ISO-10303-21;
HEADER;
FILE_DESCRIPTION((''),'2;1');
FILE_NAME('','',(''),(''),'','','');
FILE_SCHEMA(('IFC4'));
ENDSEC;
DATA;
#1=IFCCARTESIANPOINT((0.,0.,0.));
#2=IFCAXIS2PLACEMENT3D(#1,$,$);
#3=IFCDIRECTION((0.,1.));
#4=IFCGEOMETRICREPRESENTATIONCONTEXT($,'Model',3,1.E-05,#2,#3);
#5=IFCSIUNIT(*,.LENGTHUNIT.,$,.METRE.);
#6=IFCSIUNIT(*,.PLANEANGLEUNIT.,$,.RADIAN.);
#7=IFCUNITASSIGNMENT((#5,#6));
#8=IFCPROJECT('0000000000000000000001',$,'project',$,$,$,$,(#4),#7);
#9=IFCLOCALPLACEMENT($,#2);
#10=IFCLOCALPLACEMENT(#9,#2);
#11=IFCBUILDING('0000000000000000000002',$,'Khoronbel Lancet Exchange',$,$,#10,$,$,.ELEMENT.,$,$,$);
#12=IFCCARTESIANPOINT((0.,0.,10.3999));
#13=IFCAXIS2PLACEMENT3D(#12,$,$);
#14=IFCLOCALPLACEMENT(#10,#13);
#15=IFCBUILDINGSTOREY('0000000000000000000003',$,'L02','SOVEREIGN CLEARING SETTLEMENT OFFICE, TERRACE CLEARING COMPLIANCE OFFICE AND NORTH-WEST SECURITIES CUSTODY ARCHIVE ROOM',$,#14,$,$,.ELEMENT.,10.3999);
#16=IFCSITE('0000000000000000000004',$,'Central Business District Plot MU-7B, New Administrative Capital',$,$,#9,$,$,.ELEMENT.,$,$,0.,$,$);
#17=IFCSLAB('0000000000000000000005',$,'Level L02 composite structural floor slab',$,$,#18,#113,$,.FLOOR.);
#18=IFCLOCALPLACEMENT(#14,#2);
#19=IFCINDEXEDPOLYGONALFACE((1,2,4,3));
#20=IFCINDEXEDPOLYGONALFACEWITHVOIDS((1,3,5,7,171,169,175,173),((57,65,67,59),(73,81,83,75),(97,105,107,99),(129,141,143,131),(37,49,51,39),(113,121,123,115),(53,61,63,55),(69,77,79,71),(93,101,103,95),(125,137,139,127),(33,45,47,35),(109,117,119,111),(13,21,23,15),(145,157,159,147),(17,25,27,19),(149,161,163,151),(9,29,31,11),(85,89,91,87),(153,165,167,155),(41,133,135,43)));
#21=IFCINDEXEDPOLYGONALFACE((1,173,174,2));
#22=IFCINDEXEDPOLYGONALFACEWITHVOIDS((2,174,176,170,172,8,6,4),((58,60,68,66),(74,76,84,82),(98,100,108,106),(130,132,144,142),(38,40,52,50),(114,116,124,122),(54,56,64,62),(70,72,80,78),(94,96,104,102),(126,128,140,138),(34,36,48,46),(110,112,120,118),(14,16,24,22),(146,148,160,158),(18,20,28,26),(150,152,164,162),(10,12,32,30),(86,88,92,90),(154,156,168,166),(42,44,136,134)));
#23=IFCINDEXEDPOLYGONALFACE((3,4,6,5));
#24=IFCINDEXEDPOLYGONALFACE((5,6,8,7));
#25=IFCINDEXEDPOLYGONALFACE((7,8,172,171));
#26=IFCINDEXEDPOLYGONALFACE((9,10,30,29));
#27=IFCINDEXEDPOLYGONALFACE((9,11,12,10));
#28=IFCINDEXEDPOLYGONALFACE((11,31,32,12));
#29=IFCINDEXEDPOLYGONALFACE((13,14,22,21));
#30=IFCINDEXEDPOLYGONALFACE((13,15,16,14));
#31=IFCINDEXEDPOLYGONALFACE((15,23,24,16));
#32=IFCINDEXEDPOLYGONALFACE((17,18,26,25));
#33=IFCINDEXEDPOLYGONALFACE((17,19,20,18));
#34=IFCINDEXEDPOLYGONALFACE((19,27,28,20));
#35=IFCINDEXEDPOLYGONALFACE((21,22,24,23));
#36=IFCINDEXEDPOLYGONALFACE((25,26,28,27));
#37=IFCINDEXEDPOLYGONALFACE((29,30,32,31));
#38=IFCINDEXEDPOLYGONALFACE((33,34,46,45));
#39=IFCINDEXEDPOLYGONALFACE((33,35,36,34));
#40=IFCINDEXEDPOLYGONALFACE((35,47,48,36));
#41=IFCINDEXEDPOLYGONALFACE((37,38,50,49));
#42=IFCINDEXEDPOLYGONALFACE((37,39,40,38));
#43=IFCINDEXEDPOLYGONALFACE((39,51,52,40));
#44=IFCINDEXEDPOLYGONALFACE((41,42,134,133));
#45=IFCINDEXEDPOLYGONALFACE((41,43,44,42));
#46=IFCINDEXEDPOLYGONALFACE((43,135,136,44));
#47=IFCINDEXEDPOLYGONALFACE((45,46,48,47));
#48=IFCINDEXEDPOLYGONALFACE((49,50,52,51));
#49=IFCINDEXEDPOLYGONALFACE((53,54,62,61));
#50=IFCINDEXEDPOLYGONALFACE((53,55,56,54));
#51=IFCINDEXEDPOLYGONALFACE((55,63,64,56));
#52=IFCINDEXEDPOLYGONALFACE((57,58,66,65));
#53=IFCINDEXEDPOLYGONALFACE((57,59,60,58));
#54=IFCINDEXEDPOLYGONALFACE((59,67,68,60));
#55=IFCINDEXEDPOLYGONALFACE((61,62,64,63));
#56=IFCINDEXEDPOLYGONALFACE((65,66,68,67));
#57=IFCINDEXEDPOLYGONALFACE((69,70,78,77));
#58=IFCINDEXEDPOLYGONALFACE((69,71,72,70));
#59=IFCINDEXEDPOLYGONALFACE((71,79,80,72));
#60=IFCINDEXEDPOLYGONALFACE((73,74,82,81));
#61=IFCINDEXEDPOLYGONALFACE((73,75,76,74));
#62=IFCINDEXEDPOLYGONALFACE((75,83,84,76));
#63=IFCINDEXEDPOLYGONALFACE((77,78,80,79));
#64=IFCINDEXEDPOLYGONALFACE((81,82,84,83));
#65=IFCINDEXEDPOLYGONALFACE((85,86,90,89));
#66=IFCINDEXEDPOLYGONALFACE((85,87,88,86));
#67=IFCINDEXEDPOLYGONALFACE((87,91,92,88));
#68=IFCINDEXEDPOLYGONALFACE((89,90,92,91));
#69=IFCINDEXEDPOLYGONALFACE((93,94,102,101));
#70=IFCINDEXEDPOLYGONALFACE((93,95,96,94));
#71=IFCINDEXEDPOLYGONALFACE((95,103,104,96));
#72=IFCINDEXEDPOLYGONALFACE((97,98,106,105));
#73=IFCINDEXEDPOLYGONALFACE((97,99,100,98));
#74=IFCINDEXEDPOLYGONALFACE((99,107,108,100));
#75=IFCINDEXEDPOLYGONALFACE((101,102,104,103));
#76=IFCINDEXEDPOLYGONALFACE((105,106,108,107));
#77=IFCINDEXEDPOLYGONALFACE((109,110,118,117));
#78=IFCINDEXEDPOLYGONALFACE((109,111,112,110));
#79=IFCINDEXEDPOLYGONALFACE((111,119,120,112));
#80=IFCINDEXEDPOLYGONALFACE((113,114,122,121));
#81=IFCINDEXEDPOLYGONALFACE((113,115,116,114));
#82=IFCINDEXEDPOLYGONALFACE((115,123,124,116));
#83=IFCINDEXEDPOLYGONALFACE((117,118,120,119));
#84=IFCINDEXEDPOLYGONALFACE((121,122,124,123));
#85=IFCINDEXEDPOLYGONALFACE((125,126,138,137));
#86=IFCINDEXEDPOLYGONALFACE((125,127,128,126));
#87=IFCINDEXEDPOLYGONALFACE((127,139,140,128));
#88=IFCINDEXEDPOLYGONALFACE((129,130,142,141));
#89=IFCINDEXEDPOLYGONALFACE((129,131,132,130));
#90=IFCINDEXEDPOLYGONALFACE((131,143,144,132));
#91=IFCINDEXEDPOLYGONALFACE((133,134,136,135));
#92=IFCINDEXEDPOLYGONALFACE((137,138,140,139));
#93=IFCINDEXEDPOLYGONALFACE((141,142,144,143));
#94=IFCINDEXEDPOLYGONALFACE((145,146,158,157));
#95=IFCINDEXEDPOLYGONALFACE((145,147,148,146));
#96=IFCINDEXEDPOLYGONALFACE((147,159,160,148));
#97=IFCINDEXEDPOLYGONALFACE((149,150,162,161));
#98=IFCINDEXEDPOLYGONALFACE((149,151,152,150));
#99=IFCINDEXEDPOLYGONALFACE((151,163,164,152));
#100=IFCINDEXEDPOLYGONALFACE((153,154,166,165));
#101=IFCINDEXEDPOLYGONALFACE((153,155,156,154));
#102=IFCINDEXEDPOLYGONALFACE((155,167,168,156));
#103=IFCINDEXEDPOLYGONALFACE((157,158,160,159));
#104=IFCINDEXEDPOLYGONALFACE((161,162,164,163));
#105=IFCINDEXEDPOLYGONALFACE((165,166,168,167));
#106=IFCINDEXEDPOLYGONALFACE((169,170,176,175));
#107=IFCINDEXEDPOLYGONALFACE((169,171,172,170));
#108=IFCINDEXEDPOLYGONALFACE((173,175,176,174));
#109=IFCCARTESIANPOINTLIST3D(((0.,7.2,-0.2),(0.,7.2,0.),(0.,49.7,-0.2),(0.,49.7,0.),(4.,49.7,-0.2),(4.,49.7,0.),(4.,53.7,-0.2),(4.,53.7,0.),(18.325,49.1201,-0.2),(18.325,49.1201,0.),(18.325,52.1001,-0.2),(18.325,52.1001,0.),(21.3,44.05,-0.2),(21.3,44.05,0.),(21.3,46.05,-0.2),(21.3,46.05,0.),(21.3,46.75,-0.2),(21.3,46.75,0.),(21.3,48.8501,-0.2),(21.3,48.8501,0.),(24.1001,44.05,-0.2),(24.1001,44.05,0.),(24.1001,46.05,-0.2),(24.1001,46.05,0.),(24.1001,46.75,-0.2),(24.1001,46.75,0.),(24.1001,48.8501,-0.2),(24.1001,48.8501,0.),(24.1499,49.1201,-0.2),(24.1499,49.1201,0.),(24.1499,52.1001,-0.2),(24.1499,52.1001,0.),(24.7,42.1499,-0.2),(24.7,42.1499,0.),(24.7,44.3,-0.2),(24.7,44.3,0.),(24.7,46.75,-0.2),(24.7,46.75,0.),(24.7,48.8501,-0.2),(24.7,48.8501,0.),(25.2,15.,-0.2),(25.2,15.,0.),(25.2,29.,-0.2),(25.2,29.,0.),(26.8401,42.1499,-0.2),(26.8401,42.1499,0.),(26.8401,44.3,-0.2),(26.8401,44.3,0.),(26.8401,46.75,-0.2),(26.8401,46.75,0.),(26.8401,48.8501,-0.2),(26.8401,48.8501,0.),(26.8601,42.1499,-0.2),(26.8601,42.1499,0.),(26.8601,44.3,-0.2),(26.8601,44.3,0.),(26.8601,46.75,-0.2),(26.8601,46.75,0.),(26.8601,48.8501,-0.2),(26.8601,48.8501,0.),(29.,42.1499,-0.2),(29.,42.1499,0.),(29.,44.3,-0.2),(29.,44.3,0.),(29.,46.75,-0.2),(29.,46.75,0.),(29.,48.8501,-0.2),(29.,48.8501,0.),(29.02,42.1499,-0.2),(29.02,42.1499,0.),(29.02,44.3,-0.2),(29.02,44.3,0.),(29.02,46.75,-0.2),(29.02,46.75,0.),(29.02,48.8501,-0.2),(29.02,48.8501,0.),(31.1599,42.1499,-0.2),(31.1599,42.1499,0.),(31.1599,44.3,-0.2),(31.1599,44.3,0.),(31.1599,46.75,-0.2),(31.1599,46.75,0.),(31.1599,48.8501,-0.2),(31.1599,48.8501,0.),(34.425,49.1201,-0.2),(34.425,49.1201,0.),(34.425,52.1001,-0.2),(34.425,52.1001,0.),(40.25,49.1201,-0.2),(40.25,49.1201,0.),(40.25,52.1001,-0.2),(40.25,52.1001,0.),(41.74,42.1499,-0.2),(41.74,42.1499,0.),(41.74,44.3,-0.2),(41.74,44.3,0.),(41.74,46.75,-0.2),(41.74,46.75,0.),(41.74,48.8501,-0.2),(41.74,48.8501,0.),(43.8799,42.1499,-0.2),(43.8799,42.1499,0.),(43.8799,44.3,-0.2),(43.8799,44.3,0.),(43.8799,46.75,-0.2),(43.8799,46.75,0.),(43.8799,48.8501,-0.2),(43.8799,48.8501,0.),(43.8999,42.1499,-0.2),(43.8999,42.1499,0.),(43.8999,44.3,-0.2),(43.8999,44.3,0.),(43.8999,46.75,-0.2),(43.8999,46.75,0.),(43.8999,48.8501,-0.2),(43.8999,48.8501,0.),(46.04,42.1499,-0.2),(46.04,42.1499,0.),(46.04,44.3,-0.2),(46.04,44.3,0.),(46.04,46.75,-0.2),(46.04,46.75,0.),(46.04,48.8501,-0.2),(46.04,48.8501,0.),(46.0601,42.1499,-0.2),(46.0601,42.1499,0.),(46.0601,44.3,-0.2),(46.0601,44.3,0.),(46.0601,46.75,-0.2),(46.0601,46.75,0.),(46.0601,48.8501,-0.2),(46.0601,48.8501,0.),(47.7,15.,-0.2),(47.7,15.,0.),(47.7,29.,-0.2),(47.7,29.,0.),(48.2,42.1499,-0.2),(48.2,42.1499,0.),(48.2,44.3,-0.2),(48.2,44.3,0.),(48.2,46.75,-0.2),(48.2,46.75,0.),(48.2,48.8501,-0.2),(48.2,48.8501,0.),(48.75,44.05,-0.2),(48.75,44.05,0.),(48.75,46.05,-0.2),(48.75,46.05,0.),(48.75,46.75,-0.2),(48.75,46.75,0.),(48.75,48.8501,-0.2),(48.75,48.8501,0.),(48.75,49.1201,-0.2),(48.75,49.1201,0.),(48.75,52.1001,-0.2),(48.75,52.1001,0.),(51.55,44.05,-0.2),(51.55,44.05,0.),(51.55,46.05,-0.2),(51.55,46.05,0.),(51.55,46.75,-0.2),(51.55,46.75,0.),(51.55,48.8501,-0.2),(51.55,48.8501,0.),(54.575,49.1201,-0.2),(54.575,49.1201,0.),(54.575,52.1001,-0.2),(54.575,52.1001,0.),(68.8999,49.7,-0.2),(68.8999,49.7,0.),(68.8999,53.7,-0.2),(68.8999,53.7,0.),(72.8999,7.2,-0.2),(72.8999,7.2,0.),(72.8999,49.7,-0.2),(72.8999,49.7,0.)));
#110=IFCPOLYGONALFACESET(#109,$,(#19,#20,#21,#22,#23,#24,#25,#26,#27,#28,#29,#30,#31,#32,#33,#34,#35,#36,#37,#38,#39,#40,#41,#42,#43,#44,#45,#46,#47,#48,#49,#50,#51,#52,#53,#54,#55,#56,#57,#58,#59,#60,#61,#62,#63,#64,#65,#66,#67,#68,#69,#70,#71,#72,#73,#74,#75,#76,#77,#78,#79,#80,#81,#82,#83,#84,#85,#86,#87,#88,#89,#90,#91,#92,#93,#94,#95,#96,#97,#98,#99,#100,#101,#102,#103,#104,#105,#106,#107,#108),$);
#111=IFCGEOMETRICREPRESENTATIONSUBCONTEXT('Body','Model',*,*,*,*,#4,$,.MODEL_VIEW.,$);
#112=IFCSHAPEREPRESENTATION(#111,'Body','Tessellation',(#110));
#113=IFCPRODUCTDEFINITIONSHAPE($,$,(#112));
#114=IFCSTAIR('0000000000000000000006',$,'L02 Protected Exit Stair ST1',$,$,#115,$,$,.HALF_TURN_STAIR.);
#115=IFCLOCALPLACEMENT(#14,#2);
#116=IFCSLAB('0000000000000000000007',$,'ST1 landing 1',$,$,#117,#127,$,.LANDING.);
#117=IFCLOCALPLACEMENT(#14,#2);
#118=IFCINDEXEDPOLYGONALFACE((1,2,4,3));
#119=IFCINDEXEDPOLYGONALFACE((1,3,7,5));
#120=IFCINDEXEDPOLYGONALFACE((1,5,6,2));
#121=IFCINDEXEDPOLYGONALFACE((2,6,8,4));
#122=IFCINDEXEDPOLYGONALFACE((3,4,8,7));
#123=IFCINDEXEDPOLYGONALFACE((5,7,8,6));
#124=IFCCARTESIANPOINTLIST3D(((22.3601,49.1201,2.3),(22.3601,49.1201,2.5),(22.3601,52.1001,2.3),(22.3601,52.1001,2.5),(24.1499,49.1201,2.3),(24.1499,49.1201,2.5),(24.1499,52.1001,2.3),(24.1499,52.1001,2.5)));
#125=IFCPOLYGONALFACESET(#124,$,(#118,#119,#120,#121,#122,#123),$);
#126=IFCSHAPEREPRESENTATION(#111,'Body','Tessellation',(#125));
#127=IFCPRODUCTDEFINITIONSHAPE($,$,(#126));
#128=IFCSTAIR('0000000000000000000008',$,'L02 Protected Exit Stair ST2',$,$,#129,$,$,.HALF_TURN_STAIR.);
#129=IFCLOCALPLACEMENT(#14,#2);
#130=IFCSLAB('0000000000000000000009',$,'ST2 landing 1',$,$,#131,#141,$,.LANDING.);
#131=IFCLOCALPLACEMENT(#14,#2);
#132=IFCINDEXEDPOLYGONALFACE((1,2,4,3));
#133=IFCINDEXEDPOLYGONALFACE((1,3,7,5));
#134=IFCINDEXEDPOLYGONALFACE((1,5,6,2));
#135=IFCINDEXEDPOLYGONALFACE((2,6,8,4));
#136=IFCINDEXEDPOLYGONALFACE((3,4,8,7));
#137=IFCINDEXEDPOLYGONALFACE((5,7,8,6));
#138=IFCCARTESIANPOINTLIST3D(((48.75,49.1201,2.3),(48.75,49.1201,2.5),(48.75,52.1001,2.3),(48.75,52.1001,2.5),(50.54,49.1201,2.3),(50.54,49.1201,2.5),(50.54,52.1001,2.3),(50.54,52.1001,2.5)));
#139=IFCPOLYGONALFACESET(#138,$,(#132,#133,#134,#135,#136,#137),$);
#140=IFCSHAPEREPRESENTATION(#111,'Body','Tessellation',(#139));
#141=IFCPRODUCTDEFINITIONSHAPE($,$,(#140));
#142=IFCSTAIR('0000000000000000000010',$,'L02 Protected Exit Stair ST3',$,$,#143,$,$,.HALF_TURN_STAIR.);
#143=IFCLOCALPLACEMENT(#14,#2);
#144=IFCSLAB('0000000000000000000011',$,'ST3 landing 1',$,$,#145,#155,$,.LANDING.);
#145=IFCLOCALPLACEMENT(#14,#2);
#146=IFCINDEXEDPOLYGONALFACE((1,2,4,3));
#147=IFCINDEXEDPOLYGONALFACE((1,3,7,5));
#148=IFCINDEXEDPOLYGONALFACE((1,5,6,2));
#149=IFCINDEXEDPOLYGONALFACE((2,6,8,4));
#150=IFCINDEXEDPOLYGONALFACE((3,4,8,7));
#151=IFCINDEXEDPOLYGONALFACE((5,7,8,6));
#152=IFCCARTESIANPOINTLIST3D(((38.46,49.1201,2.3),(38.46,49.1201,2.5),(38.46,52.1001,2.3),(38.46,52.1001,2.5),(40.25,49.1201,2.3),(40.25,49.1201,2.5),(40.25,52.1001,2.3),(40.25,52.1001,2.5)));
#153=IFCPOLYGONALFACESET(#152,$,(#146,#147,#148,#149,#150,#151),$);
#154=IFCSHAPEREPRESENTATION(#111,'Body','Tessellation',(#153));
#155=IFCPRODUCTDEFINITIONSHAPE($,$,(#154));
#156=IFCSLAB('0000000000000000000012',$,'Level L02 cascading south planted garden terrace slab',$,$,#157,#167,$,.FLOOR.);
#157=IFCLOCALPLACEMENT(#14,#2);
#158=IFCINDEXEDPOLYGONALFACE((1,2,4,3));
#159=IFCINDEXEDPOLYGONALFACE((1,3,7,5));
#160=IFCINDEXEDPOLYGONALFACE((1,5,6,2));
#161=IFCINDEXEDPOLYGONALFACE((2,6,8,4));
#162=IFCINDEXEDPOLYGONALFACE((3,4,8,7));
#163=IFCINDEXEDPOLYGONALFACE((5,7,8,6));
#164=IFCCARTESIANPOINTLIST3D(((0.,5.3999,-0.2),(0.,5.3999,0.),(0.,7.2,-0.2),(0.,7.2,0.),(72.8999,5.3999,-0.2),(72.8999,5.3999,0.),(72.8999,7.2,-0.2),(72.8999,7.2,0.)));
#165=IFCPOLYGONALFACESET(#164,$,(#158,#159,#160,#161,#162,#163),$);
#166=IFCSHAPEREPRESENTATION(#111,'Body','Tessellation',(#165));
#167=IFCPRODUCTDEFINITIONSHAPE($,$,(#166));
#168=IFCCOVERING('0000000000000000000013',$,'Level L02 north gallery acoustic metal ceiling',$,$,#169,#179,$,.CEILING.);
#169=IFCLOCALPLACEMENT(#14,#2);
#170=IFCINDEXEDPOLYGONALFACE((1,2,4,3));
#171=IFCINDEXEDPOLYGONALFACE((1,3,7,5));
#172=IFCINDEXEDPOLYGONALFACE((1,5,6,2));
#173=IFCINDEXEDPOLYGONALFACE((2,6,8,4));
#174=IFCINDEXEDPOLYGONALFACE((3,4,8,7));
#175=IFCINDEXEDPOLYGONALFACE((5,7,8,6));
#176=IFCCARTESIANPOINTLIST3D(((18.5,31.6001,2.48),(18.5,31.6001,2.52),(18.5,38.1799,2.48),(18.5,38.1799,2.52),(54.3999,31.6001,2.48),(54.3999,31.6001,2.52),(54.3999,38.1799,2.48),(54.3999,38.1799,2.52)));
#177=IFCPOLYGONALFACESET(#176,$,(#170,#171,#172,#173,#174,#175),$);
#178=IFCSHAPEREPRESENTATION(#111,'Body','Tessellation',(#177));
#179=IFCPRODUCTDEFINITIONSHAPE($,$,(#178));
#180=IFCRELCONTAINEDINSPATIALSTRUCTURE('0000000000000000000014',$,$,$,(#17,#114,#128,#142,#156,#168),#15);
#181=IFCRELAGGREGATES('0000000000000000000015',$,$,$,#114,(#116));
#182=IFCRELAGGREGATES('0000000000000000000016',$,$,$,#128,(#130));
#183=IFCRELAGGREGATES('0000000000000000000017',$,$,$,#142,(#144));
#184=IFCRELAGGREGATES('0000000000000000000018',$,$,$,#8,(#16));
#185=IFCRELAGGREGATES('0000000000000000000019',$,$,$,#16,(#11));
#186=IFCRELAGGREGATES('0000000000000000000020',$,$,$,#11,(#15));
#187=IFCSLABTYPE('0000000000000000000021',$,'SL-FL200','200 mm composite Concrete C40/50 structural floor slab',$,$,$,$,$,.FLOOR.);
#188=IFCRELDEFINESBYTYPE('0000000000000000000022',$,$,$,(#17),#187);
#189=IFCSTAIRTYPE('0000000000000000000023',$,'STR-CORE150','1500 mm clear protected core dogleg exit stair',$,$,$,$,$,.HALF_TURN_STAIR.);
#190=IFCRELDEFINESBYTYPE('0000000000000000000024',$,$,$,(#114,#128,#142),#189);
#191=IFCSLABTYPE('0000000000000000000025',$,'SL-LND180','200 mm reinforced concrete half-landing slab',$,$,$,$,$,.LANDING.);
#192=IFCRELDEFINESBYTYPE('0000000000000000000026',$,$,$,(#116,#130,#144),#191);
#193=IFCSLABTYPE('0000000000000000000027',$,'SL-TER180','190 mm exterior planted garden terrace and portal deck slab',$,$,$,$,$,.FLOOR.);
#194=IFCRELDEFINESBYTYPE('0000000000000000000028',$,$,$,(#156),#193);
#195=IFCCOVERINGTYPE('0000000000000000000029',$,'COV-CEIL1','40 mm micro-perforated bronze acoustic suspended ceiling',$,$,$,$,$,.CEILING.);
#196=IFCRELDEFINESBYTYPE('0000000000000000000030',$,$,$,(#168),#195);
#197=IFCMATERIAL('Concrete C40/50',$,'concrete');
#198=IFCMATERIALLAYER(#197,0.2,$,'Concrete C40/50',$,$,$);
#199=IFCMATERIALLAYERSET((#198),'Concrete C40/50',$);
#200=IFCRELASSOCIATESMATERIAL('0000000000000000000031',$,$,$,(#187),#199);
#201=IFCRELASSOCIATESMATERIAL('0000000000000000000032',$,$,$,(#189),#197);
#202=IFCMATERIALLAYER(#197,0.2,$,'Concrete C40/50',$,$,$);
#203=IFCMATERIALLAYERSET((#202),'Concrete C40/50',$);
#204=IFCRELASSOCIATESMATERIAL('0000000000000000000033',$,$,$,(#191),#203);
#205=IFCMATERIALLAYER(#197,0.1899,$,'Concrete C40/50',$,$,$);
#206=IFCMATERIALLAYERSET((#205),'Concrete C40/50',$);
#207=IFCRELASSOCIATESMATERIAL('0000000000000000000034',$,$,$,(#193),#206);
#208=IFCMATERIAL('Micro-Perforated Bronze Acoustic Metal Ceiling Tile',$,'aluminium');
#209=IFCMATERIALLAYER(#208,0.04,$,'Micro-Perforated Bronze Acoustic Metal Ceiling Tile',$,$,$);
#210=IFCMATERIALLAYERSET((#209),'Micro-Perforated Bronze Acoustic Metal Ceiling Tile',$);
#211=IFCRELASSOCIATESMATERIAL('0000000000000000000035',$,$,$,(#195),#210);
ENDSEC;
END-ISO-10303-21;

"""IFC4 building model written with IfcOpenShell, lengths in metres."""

from ifc_helpers import new_model, si_unit, direction, frame, origin, place, context, subcontext, project, spatial, polyline, outline, extrude, material, layer, layer_set, type_object, element, aggregate, save


model = new_model("IFC4")

# Units and contexts
model_context = context("Model", 3, precision=1e-05, world=origin(), true_north=direction((0.0, 1.0)))
body_context = subcontext(model_context, "Body", "Model", "MODEL_VIEW")
ifc_project = project(units=[si_unit("LENGTHUNIT", "METRE"), si_unit("PLANEANGLEUNIT", "RADIAN")], contexts=[model_context])

# Site, building, storey
site_placement = place(None, origin())
site = spatial("IfcSite", under=ifc_project, at=site_placement, Name="Central Business District Plot MU-7B, New Administrative Capital", CompositionType="ELEMENT", RefElevation=0.0)
building_placement = place(site_placement, origin())
building = spatial("IfcBuilding", under=site, at=building_placement, Name="Khoronbel Lancet Exchange", CompositionType="ELEMENT")
storey_placement = place(building_placement, frame((0.0, 0.0, 10.3999)))
storey = spatial("IfcBuildingStorey", under=building, at=storey_placement, Name="L02", Description="SOVEREIGN CLEARING SETTLEMENT OFFICE, TERRACE CLEARING COMPLIANCE OFFICE AND NORTH-WEST SECURITIES CUSTODY ARCHIVE ROOM", CompositionType="ELEMENT", Elevation=10.3999)

# Slab
ifc_material_1 = material(Name="Concrete C40/50", Category="concrete")
ifc_layer_1 = layer(ifc_material_1, 0.2, Name="Concrete C40/50")
ifc_layer_set_1 = layer_set([ifc_layer_1], Name="Concrete C40/50")
slab_type_1 = type_object("IfcSlabType", Name="SL-FL200", Description="200 mm composite Concrete C40/50 structural floor slab", PredefinedType="FLOOR", material=ifc_layer_set_1)
slab_1_placement = place(storey_placement, frame((0.0, 0.0, -0.2)))
element("IfcSlab", 1, at=slab_1_placement, inside=storey, type_object=slab_type_1, Name="Level L02 composite structural floor slab", PredefinedType="FLOOR", context=body_context, shape_type="SweptSolid", body=[
    extrude(outline(polyline([(0.0, 7.2), (72.8999, 7.2), (72.8999, 49.7), (68.8999, 49.7), (68.8999, 53.7), (4.0, 53.7), (4.0, 49.7), (0.0, 49.7), (0.0, 7.2)]), holes=[polyline([(18.325, 49.1201), (24.1499, 49.1201), (24.1499, 52.1001), (18.325, 52.1001), (18.325, 49.1201)]), polyline([(48.75, 49.1201), (54.575, 49.1201), (54.575, 52.1001), (48.75, 52.1001), (48.75, 49.1201)]), polyline([(34.425, 49.1201), (40.25, 49.1201), (40.25, 52.1001), (34.425, 52.1001), (34.425, 49.1201)]), polyline([(24.7, 46.75), (26.8401, 46.75), (26.8401, 48.8501), (24.7, 48.8501), (24.7, 46.75)]), polyline([(26.8601, 46.75), (29.0, 46.75), (29.0, 48.8501), (26.8601, 48.8501), (26.8601, 46.75)]), polyline([(29.02, 46.75), (31.1599, 46.75), (31.1599, 48.8501), (29.02, 48.8501), (29.02, 46.75)]), polyline([(24.7, 42.1499), (26.8401, 42.1499), (26.8401, 44.3), (24.7, 44.3), (24.7, 42.1499)]), polyline([(26.8601, 42.1499), (29.0, 42.1499), (29.0, 44.3), (26.8601, 44.3), (26.8601, 42.1499)]), polyline([(29.02, 42.1499), (31.1599, 42.1499), (31.1599, 44.3), (29.02, 44.3), (29.02, 42.1499)]), polyline([(41.74, 46.75), (43.8799, 46.75), (43.8799, 48.8501), (41.74, 48.8501), (41.74, 46.75)]), polyline([(43.8999, 46.75), (46.04, 46.75), (46.04, 48.8501), (43.8999, 48.8501), (43.8999, 46.75)]), polyline([(46.0601, 46.75), (48.2, 46.75), (48.2, 48.8501), (46.0601, 48.8501), (46.0601, 46.75)]), polyline([(41.74, 42.1499), (43.8799, 42.1499), (43.8799, 44.3), (41.74, 44.3), (41.74, 42.1499)]), polyline([(43.8999, 42.1499), (46.04, 42.1499), (46.04, 44.3), (43.8999, 44.3), (43.8999, 42.1499)]), polyline([(46.0601, 42.1499), (48.2, 42.1499), (48.2, 44.3), (46.0601, 44.3), (46.0601, 42.1499)]), polyline([(21.3, 46.75), (24.1001, 46.75), (24.1001, 48.8501), (21.3, 48.8501), (21.3, 46.75)]), polyline([(48.75, 46.75), (51.55, 46.75), (51.55, 48.8501), (48.75, 48.8501), (48.75, 46.75)]), polyline([(21.3, 44.05), (24.1001, 44.05), (24.1001, 46.05), (21.3, 46.05), (21.3, 44.05)]), polyline([(48.75, 44.05), (51.55, 44.05), (51.55, 46.05), (48.75, 46.05), (48.75, 44.05)]), polyline([(25.2, 15.0), (47.7, 15.0), (47.7, 29.0), (25.2, 29.0), (25.2, 15.0)])]), origin(), (0.0, 0.0, 1.0), 0.2),
])

# Stairs, slabs
stair_type = type_object("IfcStairType", Name="STR-CORE150", Description="1500 mm clear protected core dogleg exit stair", PredefinedType="HALF_TURN_STAIR", material=ifc_material_1)
stair_1_placement = place(storey_placement, origin())
stair_1 = element("IfcStair", 2, at=stair_1_placement, inside=storey, type_object=stair_type, Name="L02 Protected Exit Stair ST1", PredefinedType="HALF_TURN_STAIR")
ifc_layer_2 = layer(ifc_material_1, 0.2, Name="Concrete C40/50")
ifc_layer_set_2 = layer_set([ifc_layer_2], Name="Concrete C40/50")
slab_type_2 = type_object("IfcSlabType", Name="SL-LND180", Description="200 mm reinforced concrete half-landing slab", PredefinedType="LANDING", material=ifc_layer_set_2)
slab_2_placement = place(storey_placement, frame((0.0, 0.0, 2.3)))
slab_2 = element("IfcSlab", 3, at=slab_2_placement, type_object=slab_type_2, Name="ST1 landing 1", PredefinedType="LANDING", context=body_context, shape_type="SweptSolid", body=[
    extrude(outline(polyline([(22.3601, 49.1201), (24.1499, 49.1201), (24.1499, 52.1001), (22.3601, 52.1001), (22.3601, 49.1201)])), origin(), (0.0, 0.0, 1.0), 0.2),
])
aggregate(stair_1, [slab_2])
stair_2_placement = place(storey_placement, origin())
stair_2 = element("IfcStair", 4, at=stair_2_placement, inside=storey, type_object=stair_type, Name="L02 Protected Exit Stair ST2", PredefinedType="HALF_TURN_STAIR")
slab_3_placement = place(storey_placement, frame((0.0, 0.0, 2.3)))
slab_3 = element("IfcSlab", 5, at=slab_3_placement, type_object=slab_type_2, Name="ST2 landing 1", PredefinedType="LANDING", context=body_context, shape_type="SweptSolid", body=[
    extrude(outline(polyline([(50.54, 52.1001), (48.75, 52.1001), (48.75, 49.1201), (50.54, 49.1201), (50.54, 52.1001)])), origin(), (0.0, 0.0, 1.0), 0.2),
])
aggregate(stair_2, [slab_3])
stair_3_placement = place(storey_placement, origin())
stair_3 = element("IfcStair", 6, at=stair_3_placement, inside=storey, type_object=stair_type, Name="L02 Protected Exit Stair ST3", PredefinedType="HALF_TURN_STAIR")
slab_4_placement = place(storey_placement, frame((0.0, 0.0, 2.3)))
slab_4 = element("IfcSlab", 7, at=slab_4_placement, type_object=slab_type_2, Name="ST3 landing 1", PredefinedType="LANDING", context=body_context, shape_type="SweptSolid", body=[
    extrude(outline(polyline([(38.46, 49.1201), (40.25, 49.1201), (40.25, 52.1001), (38.46, 52.1001), (38.46, 49.1201)])), origin(), (0.0, 0.0, 1.0), 0.2),
])
aggregate(stair_3, [slab_4])

# Slab
ifc_layer_3 = layer(ifc_material_1, 0.1899, Name="Concrete C40/50")
ifc_layer_set_3 = layer_set([ifc_layer_3], Name="Concrete C40/50")
slab_type_3 = type_object("IfcSlabType", Name="SL-TER180", Description="190 mm exterior planted garden terrace and portal deck slab", PredefinedType="FLOOR", material=ifc_layer_set_3)
slab_5_placement = place(storey_placement, frame((0.0, 0.0, -0.2)))
element("IfcSlab", 8, at=slab_5_placement, inside=storey, type_object=slab_type_3, Name="Level L02 cascading south planted garden terrace slab", PredefinedType="FLOOR", context=body_context, shape_type="SweptSolid", body=[
    extrude(outline(polyline([(0.0, 5.3999), (72.8999, 5.3999), (72.8999, 7.2), (0.0, 7.2), (0.0, 5.3999)])), origin(), (0.0, 0.0, 1.0), 0.2),
])

# Covering
ifc_material_2 = material(Name="Micro-Perforated Bronze Acoustic Metal Ceiling Tile", Category="aluminium")
ifc_layer_4 = layer(ifc_material_2, 0.04, Name="Micro-Perforated Bronze Acoustic Metal Ceiling Tile")
ifc_layer_set_4 = layer_set([ifc_layer_4], Name="Micro-Perforated Bronze Acoustic Metal Ceiling Tile")
covering_type_1 = type_object("IfcCoveringType", Name="COV-CEIL1", Description="40 mm micro-perforated bronze acoustic suspended ceiling", PredefinedType="CEILING", material=ifc_layer_set_4)
covering_1_placement = place(storey_placement, frame((0.0, 0.0, 2.48)))
element("IfcCovering", 9, at=covering_1_placement, inside=storey, type_object=covering_type_1, Name="Level L02 north gallery acoustic metal ceiling", PredefinedType="CEILING", context=body_context, shape_type="SweptSolid", body=[
    extrude(outline(polyline([(18.5, 31.6001), (54.3999, 31.6001), (54.3999, 38.1799), (18.5, 38.1799), (18.5, 31.6001)])), origin(), (0.0, 0.0, 1.0), 0.04),
])

save(model, "model.ifc")
